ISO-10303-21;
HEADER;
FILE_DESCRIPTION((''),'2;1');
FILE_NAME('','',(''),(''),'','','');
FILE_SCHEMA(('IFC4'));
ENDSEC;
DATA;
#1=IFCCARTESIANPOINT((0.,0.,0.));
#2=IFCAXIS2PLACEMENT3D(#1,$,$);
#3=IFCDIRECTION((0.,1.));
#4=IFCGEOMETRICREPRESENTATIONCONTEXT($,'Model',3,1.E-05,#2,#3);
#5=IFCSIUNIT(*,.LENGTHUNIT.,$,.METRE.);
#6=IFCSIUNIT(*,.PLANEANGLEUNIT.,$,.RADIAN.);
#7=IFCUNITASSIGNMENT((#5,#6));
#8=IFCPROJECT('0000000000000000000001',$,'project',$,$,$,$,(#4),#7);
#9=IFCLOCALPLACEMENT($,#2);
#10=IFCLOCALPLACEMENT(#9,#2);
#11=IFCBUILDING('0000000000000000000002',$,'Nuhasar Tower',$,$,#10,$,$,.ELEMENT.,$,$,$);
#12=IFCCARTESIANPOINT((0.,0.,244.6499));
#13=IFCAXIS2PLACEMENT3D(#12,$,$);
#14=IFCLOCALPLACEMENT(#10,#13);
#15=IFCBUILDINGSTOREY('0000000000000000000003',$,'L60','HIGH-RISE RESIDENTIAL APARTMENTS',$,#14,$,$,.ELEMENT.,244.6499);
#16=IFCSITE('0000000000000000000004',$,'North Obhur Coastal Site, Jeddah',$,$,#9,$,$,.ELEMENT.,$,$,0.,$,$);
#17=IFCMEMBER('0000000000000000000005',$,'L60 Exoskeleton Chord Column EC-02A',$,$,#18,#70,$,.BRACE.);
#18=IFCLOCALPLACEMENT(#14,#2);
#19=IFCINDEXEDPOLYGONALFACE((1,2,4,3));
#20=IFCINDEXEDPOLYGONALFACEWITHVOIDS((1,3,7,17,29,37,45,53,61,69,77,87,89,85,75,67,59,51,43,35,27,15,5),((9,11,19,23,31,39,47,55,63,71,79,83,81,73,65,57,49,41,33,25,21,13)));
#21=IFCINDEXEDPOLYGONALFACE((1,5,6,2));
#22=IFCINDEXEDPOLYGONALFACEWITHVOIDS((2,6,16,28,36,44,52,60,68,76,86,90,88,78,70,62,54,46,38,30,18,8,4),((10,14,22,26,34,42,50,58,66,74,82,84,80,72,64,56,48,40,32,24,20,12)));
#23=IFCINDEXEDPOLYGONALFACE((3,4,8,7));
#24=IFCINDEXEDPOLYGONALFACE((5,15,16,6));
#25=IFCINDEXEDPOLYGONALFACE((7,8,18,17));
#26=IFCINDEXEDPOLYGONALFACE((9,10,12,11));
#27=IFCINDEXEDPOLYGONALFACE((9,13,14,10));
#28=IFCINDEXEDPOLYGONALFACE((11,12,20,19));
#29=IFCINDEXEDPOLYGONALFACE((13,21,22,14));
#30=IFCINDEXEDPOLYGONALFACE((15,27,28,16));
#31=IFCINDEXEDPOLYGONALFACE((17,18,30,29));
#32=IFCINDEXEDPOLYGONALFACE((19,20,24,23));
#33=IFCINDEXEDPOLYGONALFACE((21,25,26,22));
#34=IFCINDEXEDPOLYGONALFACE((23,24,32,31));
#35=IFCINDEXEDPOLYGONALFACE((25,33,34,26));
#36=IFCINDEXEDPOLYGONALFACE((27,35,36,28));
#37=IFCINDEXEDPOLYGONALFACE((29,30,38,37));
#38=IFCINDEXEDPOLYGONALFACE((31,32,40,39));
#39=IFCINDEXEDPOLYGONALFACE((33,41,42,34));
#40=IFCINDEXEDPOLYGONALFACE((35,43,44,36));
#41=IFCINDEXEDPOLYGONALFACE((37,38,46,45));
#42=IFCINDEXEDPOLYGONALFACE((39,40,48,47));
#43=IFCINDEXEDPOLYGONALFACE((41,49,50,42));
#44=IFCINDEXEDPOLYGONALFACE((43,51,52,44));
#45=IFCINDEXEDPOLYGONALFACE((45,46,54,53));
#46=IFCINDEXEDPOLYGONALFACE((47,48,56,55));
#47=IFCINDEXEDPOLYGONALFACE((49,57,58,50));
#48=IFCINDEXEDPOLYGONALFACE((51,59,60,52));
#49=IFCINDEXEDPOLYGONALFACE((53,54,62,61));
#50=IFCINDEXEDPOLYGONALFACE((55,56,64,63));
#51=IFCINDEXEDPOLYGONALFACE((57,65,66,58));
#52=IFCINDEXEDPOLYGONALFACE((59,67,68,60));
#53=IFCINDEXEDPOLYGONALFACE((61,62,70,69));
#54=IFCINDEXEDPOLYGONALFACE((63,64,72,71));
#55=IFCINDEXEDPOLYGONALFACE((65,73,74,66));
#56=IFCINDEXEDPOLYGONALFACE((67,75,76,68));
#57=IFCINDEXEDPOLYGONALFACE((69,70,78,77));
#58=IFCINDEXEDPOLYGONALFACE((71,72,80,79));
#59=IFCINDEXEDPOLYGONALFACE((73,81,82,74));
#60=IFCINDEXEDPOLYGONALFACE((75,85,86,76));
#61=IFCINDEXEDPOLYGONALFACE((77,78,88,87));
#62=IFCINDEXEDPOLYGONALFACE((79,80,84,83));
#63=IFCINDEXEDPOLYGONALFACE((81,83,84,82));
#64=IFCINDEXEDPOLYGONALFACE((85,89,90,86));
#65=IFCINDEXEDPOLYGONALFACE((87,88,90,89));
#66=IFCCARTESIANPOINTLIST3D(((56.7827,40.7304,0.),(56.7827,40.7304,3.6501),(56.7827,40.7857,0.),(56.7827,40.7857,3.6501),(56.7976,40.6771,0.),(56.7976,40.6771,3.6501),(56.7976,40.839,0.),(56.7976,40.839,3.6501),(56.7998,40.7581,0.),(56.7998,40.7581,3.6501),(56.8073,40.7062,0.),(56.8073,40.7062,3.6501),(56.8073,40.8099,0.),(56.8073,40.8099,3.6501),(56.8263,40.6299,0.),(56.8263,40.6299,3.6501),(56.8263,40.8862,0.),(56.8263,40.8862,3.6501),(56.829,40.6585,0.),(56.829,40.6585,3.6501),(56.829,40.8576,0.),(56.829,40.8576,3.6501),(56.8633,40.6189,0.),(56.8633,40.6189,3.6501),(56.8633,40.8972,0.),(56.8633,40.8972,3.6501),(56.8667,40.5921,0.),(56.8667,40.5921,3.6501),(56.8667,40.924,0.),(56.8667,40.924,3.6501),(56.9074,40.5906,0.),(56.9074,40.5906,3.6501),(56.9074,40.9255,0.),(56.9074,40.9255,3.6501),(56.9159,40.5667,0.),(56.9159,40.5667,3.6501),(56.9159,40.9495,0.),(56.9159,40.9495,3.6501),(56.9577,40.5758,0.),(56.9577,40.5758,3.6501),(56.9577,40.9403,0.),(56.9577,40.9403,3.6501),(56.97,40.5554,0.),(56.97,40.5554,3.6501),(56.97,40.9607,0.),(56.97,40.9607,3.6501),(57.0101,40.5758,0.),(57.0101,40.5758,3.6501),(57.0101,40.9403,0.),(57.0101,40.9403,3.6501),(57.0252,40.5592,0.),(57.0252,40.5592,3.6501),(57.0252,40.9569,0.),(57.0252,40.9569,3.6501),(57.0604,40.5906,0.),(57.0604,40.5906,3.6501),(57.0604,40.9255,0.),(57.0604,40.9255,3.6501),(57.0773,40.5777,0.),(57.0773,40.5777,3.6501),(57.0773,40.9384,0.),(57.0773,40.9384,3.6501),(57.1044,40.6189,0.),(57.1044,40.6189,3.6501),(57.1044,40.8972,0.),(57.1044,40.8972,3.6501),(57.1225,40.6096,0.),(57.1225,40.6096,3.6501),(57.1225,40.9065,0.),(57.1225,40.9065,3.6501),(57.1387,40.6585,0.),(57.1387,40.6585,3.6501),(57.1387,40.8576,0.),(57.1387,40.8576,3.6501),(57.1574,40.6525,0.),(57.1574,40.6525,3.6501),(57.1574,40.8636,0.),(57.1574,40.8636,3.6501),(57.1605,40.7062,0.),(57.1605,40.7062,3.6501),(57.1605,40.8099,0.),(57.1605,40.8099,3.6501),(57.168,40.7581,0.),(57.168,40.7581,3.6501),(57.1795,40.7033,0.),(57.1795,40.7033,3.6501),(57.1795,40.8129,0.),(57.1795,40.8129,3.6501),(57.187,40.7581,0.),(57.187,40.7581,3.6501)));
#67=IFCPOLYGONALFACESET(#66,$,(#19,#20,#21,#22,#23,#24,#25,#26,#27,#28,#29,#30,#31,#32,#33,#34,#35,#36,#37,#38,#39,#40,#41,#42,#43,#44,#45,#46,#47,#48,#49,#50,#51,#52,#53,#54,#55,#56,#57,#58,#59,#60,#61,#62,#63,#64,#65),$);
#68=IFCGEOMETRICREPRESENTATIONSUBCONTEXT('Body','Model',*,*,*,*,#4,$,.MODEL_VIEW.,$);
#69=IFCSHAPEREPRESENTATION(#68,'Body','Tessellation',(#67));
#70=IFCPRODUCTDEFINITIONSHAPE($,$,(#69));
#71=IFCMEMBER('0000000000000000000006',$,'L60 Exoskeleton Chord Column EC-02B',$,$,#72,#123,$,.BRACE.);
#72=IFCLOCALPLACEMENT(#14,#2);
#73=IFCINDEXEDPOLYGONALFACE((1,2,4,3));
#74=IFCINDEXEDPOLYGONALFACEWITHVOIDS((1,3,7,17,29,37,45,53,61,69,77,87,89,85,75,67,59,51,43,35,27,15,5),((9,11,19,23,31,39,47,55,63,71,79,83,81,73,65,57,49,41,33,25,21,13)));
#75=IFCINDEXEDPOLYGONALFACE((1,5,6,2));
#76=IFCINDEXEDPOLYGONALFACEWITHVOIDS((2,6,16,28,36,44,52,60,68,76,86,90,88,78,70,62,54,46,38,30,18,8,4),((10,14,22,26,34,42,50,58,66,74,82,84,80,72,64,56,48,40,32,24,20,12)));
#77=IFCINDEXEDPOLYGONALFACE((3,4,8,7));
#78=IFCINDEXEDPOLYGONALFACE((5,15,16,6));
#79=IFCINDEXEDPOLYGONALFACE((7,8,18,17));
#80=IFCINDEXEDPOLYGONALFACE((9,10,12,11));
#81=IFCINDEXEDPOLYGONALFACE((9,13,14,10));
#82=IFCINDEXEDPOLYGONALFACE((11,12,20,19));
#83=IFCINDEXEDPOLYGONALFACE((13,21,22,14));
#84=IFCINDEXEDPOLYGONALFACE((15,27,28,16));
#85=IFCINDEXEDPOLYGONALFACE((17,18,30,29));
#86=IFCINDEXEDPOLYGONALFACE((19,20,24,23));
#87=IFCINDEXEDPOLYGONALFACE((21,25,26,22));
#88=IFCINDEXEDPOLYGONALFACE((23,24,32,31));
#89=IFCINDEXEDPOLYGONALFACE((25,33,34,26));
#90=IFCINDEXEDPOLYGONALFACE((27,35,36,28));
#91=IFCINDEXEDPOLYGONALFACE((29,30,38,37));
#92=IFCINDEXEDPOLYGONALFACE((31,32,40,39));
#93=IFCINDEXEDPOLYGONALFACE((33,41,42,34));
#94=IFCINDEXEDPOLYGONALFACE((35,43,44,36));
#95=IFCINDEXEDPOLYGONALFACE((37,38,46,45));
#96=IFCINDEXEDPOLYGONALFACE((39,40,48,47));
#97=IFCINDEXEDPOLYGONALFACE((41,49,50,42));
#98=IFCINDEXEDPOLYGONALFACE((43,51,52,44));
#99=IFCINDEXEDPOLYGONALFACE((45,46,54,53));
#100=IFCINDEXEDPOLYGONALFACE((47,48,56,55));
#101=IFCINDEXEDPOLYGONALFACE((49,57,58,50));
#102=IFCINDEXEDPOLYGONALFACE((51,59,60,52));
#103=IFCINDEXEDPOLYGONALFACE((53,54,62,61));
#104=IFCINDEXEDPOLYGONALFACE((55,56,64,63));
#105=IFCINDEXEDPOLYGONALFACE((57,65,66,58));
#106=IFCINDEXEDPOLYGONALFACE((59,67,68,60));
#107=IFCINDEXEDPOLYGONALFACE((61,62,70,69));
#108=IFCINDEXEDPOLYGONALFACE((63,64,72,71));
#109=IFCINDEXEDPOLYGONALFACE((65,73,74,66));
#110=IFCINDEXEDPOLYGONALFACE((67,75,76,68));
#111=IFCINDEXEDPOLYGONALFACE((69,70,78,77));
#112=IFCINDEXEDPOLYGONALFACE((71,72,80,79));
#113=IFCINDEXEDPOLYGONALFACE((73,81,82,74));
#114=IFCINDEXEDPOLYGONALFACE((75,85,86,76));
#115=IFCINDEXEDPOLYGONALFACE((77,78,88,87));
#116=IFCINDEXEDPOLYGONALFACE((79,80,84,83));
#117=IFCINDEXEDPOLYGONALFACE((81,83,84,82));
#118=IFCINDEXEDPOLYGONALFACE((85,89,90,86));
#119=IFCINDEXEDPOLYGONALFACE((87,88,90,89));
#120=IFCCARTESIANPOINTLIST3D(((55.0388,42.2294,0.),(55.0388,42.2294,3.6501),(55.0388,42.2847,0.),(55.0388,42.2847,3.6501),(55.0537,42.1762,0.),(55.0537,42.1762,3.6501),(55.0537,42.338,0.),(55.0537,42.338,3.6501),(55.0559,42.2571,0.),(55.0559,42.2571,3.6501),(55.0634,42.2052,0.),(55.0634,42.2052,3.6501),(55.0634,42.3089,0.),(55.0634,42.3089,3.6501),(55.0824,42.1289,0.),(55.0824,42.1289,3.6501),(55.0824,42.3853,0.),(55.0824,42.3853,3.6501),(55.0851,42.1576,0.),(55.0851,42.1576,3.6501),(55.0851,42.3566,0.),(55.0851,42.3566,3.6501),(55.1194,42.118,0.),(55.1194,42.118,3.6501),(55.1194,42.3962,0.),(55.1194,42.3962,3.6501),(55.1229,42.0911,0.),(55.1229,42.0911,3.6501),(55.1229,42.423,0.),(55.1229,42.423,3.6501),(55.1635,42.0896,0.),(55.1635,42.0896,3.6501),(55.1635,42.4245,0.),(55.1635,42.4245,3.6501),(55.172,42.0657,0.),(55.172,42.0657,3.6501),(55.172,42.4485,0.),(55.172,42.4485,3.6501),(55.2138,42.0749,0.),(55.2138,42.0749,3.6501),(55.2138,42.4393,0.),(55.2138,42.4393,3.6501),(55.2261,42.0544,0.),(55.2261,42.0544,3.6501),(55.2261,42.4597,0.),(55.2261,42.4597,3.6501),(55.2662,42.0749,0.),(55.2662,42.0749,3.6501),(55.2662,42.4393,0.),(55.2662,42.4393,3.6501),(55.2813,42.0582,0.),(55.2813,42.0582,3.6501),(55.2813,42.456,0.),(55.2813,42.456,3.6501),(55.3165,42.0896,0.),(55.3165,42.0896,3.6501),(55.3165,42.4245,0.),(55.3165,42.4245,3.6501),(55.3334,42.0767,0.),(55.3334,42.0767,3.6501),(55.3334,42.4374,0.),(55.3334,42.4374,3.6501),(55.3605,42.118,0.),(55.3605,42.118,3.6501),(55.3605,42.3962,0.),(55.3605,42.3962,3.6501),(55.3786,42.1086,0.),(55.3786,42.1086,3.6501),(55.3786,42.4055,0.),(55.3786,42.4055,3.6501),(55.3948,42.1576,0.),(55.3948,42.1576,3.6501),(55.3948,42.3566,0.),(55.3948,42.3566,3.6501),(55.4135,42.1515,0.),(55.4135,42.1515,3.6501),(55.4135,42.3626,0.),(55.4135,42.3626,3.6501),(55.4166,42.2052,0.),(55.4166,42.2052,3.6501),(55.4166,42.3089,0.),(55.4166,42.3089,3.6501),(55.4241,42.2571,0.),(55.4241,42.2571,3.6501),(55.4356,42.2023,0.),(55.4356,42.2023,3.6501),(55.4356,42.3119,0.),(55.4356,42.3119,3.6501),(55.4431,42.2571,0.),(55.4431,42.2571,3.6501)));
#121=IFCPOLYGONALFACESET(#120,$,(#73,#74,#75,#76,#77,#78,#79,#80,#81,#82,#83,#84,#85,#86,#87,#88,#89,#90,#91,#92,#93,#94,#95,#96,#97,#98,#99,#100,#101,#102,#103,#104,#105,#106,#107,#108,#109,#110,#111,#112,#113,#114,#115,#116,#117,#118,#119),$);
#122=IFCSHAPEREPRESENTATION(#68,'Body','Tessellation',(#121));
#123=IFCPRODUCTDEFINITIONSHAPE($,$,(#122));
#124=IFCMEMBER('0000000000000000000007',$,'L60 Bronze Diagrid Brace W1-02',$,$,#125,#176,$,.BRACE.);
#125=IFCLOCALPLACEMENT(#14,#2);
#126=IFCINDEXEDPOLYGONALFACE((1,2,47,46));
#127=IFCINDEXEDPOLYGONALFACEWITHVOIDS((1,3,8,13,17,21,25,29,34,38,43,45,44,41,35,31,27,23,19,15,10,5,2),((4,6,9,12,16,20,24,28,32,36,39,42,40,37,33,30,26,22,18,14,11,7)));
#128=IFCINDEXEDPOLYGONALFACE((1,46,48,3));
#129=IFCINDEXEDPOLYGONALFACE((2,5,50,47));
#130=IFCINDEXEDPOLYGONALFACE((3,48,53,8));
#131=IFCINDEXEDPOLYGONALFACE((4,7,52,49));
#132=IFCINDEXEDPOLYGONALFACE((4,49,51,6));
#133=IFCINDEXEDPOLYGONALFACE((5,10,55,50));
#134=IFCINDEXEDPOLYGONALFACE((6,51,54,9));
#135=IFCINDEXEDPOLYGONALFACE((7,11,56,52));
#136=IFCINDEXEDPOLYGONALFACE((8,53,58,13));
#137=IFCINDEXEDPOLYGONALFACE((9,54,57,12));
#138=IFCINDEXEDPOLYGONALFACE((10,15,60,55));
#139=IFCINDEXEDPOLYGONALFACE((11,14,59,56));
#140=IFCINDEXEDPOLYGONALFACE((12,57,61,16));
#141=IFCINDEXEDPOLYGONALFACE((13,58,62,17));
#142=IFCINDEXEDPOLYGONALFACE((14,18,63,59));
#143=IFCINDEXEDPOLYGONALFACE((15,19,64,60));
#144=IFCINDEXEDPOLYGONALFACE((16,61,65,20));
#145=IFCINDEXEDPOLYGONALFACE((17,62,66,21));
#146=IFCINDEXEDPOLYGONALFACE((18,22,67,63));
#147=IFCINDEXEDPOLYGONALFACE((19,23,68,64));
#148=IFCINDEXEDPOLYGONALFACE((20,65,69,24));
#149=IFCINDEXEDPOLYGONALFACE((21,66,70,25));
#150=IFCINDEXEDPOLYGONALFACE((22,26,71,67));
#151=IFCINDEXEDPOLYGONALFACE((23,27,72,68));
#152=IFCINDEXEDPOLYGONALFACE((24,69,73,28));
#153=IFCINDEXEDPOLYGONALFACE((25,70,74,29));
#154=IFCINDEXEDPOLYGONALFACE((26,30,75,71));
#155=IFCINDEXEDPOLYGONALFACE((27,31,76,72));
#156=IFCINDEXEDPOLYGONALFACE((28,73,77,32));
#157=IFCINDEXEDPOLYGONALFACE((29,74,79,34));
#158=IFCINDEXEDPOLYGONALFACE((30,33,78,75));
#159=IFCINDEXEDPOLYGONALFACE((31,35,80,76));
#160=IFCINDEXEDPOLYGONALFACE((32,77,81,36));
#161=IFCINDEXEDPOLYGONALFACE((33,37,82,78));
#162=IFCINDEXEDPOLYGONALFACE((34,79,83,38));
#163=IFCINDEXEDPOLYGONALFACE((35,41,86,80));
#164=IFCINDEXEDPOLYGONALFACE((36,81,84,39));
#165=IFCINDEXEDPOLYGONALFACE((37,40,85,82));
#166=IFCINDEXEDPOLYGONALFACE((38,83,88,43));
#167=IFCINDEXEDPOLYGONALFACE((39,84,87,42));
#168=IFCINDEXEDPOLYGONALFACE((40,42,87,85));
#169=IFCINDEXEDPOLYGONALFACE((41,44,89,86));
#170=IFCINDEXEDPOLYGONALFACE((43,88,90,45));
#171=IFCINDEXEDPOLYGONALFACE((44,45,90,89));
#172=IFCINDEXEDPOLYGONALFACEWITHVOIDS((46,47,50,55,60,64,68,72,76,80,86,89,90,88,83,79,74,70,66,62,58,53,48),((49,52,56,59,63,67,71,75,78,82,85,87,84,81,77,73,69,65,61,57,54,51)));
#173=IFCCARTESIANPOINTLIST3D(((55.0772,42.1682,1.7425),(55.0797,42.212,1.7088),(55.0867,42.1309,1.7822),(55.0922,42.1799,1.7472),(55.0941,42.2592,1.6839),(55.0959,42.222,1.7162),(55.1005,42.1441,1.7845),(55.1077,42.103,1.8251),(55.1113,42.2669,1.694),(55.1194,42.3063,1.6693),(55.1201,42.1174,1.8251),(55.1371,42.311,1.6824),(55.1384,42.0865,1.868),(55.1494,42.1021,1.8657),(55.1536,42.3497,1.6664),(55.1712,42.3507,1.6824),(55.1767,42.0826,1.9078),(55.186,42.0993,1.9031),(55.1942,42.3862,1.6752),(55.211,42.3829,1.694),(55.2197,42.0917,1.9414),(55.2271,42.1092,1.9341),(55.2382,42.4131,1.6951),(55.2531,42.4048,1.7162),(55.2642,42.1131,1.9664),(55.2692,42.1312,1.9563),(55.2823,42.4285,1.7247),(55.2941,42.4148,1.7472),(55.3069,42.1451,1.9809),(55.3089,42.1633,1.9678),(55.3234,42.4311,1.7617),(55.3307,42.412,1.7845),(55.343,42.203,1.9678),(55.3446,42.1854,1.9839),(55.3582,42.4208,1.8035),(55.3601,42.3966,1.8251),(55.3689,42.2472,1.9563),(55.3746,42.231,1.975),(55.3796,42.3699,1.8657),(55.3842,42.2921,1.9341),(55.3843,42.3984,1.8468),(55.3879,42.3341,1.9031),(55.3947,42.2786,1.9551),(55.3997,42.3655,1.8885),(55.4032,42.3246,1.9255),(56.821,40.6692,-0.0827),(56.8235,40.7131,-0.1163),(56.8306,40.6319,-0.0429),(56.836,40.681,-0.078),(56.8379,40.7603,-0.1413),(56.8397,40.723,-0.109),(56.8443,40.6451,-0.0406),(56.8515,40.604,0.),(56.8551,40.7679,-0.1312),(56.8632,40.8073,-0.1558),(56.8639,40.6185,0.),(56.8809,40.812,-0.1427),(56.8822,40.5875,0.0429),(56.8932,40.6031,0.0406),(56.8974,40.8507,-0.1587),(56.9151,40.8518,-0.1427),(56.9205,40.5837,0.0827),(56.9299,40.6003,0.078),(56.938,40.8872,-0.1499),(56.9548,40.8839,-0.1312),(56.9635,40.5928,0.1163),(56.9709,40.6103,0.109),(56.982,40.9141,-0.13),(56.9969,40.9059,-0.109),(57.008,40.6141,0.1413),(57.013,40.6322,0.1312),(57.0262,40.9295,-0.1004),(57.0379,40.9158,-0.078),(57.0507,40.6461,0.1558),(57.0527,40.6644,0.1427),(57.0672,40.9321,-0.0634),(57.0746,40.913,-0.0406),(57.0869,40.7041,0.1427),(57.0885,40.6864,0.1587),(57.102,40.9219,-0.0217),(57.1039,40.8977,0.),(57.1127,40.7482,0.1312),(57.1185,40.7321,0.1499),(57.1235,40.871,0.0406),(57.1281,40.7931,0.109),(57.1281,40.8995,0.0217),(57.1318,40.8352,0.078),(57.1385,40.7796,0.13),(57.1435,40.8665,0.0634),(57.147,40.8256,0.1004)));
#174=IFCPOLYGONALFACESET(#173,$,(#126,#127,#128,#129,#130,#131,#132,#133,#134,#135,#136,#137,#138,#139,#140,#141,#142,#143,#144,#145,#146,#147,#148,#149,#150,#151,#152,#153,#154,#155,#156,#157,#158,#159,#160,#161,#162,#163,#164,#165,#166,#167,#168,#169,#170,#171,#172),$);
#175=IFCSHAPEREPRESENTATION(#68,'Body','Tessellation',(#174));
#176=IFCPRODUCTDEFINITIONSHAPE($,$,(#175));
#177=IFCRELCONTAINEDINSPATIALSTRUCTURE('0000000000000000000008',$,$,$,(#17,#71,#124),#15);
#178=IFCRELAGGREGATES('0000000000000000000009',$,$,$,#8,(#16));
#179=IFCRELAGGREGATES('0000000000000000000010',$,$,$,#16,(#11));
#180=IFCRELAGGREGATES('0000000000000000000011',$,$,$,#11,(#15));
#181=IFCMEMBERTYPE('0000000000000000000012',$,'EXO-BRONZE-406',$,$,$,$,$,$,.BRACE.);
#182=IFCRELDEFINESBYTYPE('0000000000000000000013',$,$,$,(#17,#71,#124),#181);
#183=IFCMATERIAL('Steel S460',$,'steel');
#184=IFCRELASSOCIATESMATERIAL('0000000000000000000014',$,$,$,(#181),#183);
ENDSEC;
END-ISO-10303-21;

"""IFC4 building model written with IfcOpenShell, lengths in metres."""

from ifc_helpers import new_model, si_unit, direction, frame, origin, origin_2d, place, context, subcontext, project, spatial, hollow_circle, extrude, material, material_profile, profile_set, type_object, element, save


model = new_model("IFC4")

# Units and contexts
model_context = context("Model", 3, precision=1e-05, world=origin(), true_north=direction((0.0, 1.0)))
body_context = subcontext(model_context, "Body", "Model", "MODEL_VIEW")
ifc_project = project(units=[si_unit("LENGTHUNIT", "METRE"), si_unit("PLANEANGLEUNIT", "RADIAN")], contexts=[model_context])

# Site, building, storey
site_placement = place(None, origin())
site = spatial("IfcSite", under=ifc_project, at=site_placement, Name="North Obhur Coastal Site, Jeddah", CompositionType="ELEMENT", RefElevation=0.0)
building_placement = place(site_placement, origin())
building = spatial("IfcBuilding", under=site, at=building_placement, Name="Nuhasar Tower", CompositionType="ELEMENT")
storey_placement = place(building_placement, frame((0.0, 0.0, 244.6499)))
storey = spatial("IfcBuildingStorey", under=building, at=storey_placement, Name="L60", Description="HIGH-RISE RESIDENTIAL APARTMENTS", CompositionType="ELEMENT", Elevation=244.6499)

# Members
ifc_material_1 = material(Name="Steel S460", Category="steel")
ifc_material_profile_1 = material_profile(ifc_material_1, hollow_circle(Radius=0.2031, WallThickness=0.019, at=origin_2d()), Name="HSS406.4X19.1")
ifc_profile_set_1 = profile_set([ifc_material_profile_1], Name="Steel S460")
member_type_1 = type_object("IfcMemberType", Name="EXO-BRONZE-406", PredefinedType="BRACE", material=ifc_profile_set_1)
for number, where, z_axis, x_axis, name in (
    (1, (56.9839, 40.7581, 0.0), (0.0, 0.0, 1.0), (1.0, 0.0, 0.0), "L60 Exoskeleton Chord Column EC-02A"),
    (2, (55.24, 42.2571, 0.0), (0.0, 0.0, 1.0), (1.0, 0.0, 0.0), "L60 Exoskeleton Chord Column EC-02B"),
):
    element("IfcMember", number, at=place(storey_placement, frame(where, z_axis=z_axis, x_axis=x_axis)), inside=storey, type_object=member_type_1, Name=name, PredefinedType="BRACE", context=body_context, shape_type="SweptSolid", body=[
        extrude(hollow_circle(Radius=0.2031, WallThickness=0.019, at=origin_2d()), origin(), (0.0, 0.0, 1.0), 3.6501),
    ])
for number, where, z_axis, x_axis, name in (
    (3, (56.9839, 40.7581, 0.0), (-0.593988, 0.510582, 0.621679), (-0.651857, -0.758342, 0.0), "L60 Bronze Diagrid Brace W1-02"),
):
    element("IfcMember", number, at=place(storey_placement, frame(where, z_axis=z_axis, x_axis=x_axis)), inside=storey, type_object=member_type_1, Name=name, PredefinedType="BRACE", context=body_context, shape_type="SweptSolid", body=[
        extrude(hollow_circle(Radius=0.2031, WallThickness=0.019, at=origin_2d()), origin(), (0.0, 0.0, 1.0), 2.9358),
    ])

save(model, "model.ifc")
